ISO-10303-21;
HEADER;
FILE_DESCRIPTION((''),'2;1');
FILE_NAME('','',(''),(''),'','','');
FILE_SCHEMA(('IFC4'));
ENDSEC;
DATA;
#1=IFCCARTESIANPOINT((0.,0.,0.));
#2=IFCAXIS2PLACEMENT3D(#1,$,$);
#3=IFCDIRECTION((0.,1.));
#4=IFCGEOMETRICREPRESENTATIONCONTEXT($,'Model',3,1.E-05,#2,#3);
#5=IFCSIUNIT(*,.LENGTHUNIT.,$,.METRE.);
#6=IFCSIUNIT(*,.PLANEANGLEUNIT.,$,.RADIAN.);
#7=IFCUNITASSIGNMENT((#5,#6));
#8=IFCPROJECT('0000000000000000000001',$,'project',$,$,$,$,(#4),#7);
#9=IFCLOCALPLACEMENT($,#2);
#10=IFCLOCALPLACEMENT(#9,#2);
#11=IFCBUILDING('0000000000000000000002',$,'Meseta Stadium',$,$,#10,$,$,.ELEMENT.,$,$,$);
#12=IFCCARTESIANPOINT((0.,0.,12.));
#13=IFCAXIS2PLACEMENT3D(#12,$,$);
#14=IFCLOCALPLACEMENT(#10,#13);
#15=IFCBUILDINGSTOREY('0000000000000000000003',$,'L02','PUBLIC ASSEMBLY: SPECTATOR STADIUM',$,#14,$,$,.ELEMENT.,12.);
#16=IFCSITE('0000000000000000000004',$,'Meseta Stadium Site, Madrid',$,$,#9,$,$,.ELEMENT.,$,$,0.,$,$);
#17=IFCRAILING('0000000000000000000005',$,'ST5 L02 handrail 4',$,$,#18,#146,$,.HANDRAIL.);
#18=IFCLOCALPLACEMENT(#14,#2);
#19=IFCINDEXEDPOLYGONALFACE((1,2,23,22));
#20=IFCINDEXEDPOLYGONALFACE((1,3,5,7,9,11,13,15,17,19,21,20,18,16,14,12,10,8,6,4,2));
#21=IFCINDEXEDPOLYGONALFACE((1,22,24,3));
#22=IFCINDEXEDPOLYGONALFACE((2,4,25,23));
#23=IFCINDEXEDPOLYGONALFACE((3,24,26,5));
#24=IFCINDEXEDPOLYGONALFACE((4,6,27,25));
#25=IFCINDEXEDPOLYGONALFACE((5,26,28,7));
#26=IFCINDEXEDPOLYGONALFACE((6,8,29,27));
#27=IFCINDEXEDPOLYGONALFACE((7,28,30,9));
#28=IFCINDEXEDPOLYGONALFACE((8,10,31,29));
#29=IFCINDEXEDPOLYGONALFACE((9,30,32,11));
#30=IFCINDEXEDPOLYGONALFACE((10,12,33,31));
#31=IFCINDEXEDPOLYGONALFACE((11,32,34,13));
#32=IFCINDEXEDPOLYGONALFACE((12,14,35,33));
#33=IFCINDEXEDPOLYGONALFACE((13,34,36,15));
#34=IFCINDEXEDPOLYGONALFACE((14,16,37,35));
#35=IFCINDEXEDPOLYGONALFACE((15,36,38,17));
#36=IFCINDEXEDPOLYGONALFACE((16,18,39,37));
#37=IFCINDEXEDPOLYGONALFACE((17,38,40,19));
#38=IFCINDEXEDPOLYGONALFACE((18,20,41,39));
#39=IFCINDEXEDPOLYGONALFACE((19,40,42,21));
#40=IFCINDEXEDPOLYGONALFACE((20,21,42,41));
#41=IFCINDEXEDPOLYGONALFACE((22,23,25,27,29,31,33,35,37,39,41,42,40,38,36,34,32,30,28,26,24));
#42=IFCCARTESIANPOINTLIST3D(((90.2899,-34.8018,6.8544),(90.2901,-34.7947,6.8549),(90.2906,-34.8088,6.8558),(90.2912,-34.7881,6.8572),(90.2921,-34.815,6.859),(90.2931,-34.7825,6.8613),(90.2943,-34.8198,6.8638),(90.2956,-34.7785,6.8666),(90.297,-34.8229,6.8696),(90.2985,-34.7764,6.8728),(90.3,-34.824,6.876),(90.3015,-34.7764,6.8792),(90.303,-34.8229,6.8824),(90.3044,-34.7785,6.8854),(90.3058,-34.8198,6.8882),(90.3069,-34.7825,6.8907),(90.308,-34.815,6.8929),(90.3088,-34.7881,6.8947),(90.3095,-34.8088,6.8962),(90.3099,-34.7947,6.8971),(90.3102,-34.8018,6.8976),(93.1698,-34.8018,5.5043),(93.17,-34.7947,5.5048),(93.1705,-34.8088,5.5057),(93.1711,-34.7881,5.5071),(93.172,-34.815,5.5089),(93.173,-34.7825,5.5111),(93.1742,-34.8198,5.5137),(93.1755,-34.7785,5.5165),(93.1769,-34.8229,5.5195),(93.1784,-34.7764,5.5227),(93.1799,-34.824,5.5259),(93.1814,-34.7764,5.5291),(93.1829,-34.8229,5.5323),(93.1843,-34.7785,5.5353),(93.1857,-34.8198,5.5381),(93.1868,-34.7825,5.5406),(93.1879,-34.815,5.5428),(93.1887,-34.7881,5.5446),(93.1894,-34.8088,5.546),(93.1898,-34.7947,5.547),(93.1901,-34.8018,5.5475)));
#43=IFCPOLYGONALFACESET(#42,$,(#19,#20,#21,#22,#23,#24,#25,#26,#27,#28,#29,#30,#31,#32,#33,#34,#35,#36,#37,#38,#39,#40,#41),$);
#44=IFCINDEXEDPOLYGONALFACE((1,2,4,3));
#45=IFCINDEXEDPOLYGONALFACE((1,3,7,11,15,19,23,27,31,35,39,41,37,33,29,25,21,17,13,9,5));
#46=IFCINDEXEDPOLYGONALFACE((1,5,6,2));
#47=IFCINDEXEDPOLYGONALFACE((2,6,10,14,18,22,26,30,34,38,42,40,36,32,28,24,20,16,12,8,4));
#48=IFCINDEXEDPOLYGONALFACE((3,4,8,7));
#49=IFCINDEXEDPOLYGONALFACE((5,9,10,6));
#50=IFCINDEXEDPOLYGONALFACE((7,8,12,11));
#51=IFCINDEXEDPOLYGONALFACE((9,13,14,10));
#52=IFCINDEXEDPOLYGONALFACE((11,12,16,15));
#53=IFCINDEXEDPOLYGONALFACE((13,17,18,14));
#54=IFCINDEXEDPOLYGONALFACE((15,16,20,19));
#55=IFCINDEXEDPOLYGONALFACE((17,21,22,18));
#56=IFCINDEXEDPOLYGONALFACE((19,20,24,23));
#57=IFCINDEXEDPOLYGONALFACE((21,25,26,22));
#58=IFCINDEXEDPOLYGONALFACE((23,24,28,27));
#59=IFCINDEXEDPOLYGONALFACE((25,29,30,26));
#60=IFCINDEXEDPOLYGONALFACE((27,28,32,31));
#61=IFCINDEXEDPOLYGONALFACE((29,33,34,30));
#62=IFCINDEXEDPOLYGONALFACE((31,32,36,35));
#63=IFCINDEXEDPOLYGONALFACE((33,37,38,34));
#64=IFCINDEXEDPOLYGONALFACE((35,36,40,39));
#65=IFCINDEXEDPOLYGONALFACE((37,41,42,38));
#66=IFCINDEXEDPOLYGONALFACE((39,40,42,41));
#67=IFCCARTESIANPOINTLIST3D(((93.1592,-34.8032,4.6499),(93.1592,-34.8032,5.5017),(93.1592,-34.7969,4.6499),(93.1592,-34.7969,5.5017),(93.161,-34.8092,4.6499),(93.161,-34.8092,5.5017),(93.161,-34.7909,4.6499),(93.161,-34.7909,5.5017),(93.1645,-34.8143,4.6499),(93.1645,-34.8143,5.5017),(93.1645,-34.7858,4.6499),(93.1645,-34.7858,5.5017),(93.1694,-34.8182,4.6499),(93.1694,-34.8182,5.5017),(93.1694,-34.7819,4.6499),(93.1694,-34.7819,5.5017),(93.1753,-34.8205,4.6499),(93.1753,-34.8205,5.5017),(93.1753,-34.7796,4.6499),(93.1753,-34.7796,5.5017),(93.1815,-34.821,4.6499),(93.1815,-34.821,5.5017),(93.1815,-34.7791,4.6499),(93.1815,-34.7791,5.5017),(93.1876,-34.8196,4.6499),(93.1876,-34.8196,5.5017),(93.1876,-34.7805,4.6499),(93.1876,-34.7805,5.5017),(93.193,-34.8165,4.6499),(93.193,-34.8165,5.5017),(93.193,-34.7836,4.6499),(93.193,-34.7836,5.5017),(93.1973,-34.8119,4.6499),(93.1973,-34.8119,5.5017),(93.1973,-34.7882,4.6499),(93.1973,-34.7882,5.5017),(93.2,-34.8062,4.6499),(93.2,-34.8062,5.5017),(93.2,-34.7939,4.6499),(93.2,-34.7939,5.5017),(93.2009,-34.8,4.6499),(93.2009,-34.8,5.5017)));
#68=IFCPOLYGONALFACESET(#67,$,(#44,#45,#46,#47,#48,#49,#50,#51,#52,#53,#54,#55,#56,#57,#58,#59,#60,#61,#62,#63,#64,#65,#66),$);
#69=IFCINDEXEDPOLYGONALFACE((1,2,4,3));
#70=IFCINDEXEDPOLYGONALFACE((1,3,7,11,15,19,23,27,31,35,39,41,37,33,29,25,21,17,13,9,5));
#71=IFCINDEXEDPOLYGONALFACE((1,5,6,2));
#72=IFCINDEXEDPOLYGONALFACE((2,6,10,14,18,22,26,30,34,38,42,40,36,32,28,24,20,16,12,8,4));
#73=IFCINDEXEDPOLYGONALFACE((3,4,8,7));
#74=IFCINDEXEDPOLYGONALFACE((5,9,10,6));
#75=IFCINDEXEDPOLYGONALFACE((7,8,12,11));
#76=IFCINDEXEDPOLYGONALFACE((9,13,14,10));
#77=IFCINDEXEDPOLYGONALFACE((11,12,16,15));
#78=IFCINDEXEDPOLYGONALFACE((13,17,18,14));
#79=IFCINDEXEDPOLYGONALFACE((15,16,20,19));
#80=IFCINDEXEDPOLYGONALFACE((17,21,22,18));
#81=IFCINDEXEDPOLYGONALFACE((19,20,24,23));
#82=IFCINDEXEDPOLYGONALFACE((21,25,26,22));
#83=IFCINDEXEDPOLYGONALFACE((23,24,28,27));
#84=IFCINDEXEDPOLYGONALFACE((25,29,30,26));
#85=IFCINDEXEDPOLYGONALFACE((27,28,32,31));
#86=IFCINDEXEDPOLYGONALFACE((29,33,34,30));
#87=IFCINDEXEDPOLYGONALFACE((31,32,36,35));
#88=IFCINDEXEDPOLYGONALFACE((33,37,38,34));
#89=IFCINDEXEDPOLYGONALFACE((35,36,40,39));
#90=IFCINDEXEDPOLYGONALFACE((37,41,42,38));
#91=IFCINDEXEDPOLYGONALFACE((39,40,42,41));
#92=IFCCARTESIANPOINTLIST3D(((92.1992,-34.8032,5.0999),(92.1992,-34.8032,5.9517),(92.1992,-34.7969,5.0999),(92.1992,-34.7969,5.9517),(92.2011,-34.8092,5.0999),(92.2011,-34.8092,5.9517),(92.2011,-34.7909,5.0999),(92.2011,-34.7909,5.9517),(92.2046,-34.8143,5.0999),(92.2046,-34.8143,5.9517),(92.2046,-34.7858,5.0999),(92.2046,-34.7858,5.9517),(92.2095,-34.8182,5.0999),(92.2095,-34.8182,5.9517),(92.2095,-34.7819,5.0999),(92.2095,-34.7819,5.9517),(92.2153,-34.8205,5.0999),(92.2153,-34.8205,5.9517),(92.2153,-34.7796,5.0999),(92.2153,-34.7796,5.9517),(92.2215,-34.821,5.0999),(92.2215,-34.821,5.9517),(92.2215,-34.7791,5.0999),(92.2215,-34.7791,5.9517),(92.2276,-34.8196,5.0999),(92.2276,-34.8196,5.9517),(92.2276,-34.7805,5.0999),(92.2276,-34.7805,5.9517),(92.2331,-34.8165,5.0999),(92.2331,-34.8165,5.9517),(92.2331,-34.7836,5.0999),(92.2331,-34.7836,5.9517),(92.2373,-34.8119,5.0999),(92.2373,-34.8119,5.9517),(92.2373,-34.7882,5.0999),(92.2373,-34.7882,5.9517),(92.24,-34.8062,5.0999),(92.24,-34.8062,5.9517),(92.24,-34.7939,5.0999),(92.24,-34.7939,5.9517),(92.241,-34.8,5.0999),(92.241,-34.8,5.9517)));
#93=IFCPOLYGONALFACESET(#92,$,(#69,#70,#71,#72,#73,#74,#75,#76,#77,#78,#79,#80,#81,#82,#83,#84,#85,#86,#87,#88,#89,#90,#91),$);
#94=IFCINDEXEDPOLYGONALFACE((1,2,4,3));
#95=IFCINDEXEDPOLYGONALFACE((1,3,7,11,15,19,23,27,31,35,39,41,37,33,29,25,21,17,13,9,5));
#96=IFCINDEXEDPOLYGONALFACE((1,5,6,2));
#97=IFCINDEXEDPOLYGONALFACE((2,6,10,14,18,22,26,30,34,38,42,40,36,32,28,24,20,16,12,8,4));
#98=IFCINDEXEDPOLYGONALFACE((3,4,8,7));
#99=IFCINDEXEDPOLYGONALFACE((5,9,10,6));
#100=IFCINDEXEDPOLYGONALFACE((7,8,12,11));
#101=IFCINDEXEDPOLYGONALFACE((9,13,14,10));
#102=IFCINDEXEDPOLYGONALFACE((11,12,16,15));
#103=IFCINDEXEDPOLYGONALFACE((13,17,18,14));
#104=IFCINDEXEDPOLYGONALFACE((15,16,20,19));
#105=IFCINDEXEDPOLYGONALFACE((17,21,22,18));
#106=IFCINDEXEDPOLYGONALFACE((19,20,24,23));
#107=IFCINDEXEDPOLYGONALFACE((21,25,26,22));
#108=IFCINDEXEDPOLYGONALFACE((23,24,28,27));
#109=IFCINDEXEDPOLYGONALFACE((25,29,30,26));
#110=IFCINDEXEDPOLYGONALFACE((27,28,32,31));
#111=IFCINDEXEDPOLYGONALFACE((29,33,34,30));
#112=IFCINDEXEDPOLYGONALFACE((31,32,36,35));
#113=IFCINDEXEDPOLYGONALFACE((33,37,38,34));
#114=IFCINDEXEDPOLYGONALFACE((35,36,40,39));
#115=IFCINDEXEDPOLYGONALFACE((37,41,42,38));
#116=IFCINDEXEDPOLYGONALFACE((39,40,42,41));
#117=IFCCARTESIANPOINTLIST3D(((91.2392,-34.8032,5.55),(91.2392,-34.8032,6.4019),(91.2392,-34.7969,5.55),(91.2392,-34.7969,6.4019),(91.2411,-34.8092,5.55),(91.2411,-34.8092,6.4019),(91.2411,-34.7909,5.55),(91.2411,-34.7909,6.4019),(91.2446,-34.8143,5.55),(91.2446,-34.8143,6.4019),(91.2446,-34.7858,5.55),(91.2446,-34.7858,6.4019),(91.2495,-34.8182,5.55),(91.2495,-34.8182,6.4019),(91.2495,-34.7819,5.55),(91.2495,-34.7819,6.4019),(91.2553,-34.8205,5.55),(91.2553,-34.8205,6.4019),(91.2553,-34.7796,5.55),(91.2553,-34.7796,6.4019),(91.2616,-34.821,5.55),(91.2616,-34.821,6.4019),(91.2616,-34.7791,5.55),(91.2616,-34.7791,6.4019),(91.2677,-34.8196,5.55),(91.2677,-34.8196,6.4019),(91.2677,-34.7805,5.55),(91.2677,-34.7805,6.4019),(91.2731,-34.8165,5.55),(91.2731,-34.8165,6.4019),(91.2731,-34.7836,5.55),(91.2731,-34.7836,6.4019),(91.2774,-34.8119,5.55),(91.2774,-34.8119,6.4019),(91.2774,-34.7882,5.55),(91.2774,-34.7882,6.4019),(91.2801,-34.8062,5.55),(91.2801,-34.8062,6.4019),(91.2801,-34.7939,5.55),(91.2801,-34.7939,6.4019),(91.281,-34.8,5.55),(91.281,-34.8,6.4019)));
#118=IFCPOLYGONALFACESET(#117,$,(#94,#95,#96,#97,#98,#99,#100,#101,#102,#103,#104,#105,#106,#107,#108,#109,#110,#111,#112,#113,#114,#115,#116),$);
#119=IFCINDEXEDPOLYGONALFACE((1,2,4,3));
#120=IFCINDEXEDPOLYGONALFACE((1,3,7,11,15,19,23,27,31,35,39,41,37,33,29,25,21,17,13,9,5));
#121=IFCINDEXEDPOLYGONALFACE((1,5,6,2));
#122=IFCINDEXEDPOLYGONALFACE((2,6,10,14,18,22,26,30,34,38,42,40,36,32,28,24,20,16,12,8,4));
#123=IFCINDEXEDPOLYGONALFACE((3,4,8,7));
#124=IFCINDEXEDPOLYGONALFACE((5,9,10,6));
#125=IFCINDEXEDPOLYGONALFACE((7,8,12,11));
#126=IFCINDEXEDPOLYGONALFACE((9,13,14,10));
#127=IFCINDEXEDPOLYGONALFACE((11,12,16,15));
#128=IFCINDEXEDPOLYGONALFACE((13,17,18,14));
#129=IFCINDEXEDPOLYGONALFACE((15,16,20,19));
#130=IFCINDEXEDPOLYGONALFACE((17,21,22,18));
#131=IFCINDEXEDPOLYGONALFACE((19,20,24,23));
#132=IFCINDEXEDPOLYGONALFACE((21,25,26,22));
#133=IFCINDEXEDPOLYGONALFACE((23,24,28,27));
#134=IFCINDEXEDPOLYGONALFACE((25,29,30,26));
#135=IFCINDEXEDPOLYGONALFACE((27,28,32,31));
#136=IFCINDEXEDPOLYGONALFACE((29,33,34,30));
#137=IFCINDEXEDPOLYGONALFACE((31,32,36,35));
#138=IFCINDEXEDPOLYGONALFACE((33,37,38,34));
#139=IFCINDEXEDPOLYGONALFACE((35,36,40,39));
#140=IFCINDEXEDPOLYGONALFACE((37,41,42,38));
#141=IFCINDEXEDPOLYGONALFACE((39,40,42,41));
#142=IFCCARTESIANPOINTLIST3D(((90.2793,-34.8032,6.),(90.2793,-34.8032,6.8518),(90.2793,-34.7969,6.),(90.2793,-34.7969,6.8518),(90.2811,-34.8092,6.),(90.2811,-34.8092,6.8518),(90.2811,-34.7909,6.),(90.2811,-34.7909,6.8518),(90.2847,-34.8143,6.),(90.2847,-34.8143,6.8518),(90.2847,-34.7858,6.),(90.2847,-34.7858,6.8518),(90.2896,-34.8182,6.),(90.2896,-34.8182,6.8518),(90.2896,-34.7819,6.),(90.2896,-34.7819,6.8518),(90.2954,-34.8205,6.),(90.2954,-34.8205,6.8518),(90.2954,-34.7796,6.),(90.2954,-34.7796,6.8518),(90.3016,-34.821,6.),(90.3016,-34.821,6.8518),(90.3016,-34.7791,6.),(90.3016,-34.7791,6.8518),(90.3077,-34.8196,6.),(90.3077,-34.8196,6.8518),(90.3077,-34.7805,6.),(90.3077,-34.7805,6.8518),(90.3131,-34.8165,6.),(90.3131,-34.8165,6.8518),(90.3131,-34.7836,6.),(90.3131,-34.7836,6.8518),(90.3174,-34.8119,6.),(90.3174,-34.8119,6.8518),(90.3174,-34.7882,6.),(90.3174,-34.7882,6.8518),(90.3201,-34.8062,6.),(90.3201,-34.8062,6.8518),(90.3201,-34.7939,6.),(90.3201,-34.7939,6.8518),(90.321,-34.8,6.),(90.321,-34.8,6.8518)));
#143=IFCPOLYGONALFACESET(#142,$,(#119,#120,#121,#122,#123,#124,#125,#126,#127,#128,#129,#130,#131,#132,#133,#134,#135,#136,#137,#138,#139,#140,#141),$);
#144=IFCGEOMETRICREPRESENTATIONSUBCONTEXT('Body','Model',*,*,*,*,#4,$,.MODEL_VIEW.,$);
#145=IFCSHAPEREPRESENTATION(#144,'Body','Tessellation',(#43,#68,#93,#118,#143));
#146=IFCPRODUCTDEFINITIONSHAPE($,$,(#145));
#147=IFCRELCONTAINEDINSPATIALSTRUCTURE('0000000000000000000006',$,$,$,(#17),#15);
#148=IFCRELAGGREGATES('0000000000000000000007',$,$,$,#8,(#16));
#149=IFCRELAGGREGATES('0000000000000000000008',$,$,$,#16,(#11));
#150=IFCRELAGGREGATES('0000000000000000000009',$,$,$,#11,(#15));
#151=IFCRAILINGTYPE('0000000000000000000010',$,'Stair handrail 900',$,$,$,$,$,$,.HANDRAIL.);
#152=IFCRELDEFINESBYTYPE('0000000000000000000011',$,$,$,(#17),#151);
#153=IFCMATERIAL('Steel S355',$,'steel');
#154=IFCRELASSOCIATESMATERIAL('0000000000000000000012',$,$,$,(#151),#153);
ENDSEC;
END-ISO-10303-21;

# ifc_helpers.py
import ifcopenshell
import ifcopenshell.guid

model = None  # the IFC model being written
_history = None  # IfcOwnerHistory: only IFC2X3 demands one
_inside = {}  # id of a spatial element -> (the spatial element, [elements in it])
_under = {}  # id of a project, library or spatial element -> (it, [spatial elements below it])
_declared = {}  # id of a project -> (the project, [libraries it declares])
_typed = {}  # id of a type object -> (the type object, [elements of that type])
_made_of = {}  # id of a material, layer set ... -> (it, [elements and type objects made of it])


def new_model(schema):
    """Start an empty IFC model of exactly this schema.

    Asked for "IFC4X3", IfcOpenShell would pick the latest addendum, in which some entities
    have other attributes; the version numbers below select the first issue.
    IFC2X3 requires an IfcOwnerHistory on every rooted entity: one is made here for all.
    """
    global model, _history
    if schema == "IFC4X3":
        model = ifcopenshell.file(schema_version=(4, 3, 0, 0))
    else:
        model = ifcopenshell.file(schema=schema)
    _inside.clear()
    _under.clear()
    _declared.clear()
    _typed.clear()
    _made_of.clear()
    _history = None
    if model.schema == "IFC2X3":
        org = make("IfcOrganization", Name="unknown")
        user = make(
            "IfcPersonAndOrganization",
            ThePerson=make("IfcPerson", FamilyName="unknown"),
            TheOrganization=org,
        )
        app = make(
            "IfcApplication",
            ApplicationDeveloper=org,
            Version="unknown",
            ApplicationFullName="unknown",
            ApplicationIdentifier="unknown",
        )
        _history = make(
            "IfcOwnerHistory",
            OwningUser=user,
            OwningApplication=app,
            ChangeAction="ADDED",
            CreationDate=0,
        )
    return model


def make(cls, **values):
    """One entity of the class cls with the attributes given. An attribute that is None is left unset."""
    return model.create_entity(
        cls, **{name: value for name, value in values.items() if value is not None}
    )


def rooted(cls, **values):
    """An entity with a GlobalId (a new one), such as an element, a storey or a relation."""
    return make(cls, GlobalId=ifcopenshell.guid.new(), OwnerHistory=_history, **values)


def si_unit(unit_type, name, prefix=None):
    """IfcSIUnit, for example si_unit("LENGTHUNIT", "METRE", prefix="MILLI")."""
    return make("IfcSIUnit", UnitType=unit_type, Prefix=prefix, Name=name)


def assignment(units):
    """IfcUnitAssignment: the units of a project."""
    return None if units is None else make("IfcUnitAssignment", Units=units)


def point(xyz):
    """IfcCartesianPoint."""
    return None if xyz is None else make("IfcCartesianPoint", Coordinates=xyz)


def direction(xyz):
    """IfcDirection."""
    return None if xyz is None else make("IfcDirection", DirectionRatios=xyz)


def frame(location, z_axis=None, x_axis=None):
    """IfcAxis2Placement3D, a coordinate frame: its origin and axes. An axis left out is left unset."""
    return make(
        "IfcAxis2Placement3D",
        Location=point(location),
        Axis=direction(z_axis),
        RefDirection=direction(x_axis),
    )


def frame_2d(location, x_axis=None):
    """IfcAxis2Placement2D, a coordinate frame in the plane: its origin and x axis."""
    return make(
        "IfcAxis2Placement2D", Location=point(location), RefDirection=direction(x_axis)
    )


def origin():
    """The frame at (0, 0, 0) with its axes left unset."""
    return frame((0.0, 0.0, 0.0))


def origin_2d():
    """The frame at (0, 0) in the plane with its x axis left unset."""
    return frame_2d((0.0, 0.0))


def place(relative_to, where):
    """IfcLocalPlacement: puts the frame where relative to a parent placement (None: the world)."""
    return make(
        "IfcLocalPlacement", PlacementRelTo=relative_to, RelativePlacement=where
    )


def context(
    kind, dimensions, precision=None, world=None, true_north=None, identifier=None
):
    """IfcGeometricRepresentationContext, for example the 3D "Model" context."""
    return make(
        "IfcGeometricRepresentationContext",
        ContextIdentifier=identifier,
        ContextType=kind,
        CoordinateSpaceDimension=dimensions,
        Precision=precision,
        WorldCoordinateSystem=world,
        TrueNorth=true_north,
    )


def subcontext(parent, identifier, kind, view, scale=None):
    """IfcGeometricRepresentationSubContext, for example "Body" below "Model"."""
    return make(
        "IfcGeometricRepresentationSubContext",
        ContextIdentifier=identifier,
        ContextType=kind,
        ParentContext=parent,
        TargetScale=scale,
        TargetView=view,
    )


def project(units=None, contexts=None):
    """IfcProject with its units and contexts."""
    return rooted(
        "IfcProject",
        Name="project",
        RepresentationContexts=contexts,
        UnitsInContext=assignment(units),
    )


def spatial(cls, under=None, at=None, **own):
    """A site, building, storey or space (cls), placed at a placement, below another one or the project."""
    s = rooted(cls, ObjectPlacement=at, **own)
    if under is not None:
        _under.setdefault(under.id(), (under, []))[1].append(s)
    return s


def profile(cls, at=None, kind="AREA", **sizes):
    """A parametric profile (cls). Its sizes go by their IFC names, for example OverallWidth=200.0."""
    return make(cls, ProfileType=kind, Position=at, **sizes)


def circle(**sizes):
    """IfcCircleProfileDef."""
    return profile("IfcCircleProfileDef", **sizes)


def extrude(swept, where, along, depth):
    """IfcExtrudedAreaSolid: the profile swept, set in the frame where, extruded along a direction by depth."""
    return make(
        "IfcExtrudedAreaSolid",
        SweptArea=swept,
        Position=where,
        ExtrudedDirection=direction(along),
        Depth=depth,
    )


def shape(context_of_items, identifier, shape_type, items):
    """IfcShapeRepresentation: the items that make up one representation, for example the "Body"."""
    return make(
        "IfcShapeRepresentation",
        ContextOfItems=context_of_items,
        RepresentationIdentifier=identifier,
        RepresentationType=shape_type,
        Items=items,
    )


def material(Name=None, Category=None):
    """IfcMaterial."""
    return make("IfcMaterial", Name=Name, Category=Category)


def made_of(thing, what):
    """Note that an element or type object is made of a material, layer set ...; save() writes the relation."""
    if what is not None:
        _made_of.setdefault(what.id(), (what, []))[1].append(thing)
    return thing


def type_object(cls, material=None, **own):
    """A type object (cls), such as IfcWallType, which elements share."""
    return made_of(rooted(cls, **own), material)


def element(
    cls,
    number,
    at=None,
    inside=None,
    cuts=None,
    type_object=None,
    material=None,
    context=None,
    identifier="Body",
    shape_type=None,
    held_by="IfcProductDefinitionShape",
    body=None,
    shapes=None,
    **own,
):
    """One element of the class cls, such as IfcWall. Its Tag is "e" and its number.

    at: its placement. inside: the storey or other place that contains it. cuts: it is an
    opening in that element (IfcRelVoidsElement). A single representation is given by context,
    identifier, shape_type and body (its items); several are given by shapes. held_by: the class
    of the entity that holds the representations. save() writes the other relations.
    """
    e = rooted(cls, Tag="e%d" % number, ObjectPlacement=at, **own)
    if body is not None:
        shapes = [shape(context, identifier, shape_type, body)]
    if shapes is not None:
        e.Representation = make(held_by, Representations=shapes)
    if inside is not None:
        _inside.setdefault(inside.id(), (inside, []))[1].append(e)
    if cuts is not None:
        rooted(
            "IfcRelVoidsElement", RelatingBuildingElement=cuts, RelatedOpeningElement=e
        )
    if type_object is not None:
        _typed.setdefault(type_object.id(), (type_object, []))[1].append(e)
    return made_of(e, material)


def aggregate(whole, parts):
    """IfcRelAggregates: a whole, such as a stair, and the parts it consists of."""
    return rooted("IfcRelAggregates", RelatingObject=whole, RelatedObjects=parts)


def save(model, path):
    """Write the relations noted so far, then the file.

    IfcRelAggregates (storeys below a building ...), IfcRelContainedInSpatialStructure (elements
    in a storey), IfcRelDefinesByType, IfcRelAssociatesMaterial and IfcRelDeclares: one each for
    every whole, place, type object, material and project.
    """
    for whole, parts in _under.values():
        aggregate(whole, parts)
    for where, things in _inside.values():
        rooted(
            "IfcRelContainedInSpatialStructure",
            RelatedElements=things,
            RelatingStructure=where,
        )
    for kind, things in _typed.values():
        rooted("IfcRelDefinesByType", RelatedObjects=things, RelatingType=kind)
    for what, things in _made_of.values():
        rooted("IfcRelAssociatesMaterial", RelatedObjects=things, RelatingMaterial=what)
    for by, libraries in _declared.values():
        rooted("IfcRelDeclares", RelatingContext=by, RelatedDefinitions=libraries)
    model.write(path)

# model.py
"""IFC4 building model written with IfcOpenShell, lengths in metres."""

from ifc_helpers import new_model, si_unit, direction, frame, origin, origin_2d, place, context, subcontext, project, spatial, circle, extrude, material, type_object, element, save


model = new_model("IFC4")

# Units and contexts
model_context = context("Model", 3, precision=1e-05, world=origin(), true_north=direction((0.0, 1.0)))
body_context = subcontext(model_context, "Body", "Model", "MODEL_VIEW")
ifc_project = project(units=[si_unit("LENGTHUNIT", "METRE"), si_unit("PLANEANGLEUNIT", "RADIAN")], contexts=[model_context])

# Site, building, storey
site_placement = place(None, origin())
site = spatial("IfcSite", under=ifc_project, at=site_placement, Name="Meseta Stadium Site, Madrid", CompositionType="ELEMENT", RefElevation=0.0)
building_placement = place(site_placement, origin())
building = spatial("IfcBuilding", under=site, at=building_placement, Name="Meseta Stadium", CompositionType="ELEMENT")
storey_placement = place(building_placement, frame((0.0, 0.0, 12.0)))
storey = spatial("IfcBuildingStorey", under=building, at=storey_placement, Name="L02", Description="PUBLIC ASSEMBLY: SPECTATOR STADIUM", CompositionType="ELEMENT", Elevation=12.0)

# Railing
ifc_material_1 = material(Name="Steel S355", Category="steel")
railing_type_1 = type_object("IfcRailingType", Name="Stair handrail 900", PredefinedType="HANDRAIL", material=ifc_material_1)
railing_1_placement = place(storey_placement, frame((93.1799, -34.8, 4.6499)))
element("IfcRailing", 1, at=railing_1_placement, inside=storey, type_object=railing_type_1, Name="ST5 L02 handrail 4", PredefinedType="HANDRAIL", context=body_context, shape_type="SweptSolid", body=[
    extrude(circle(Radius=0.0239, at=origin_2d()), frame((0.0, 0.0, 0.876), z_axis=(-0.90544, 0.0, 0.424473), x_axis=(0.0, -1.0, 0.0)), (0.0, 0.0, 1.0), 3.1807),
    extrude(circle(Radius=0.021, at=origin_2d()), origin(), (0.0, 0.0, 1.0), 0.8518),
    extrude(circle(Radius=0.021, at=origin_2d()), frame((-0.96, 0.0, 0.45)), (0.0, 0.0, 1.0), 0.8518),
    extrude(circle(Radius=0.021, at=origin_2d()), frame((-1.9199, 0.0, 0.9001)), (0.0, 0.0, 1.0), 0.8518),
    extrude(circle(Radius=0.021, at=origin_2d()), frame((-2.8799, 0.0, 1.3501)), (0.0, 0.0, 1.0), 0.8518),
])

save(model, "model.ifc")
